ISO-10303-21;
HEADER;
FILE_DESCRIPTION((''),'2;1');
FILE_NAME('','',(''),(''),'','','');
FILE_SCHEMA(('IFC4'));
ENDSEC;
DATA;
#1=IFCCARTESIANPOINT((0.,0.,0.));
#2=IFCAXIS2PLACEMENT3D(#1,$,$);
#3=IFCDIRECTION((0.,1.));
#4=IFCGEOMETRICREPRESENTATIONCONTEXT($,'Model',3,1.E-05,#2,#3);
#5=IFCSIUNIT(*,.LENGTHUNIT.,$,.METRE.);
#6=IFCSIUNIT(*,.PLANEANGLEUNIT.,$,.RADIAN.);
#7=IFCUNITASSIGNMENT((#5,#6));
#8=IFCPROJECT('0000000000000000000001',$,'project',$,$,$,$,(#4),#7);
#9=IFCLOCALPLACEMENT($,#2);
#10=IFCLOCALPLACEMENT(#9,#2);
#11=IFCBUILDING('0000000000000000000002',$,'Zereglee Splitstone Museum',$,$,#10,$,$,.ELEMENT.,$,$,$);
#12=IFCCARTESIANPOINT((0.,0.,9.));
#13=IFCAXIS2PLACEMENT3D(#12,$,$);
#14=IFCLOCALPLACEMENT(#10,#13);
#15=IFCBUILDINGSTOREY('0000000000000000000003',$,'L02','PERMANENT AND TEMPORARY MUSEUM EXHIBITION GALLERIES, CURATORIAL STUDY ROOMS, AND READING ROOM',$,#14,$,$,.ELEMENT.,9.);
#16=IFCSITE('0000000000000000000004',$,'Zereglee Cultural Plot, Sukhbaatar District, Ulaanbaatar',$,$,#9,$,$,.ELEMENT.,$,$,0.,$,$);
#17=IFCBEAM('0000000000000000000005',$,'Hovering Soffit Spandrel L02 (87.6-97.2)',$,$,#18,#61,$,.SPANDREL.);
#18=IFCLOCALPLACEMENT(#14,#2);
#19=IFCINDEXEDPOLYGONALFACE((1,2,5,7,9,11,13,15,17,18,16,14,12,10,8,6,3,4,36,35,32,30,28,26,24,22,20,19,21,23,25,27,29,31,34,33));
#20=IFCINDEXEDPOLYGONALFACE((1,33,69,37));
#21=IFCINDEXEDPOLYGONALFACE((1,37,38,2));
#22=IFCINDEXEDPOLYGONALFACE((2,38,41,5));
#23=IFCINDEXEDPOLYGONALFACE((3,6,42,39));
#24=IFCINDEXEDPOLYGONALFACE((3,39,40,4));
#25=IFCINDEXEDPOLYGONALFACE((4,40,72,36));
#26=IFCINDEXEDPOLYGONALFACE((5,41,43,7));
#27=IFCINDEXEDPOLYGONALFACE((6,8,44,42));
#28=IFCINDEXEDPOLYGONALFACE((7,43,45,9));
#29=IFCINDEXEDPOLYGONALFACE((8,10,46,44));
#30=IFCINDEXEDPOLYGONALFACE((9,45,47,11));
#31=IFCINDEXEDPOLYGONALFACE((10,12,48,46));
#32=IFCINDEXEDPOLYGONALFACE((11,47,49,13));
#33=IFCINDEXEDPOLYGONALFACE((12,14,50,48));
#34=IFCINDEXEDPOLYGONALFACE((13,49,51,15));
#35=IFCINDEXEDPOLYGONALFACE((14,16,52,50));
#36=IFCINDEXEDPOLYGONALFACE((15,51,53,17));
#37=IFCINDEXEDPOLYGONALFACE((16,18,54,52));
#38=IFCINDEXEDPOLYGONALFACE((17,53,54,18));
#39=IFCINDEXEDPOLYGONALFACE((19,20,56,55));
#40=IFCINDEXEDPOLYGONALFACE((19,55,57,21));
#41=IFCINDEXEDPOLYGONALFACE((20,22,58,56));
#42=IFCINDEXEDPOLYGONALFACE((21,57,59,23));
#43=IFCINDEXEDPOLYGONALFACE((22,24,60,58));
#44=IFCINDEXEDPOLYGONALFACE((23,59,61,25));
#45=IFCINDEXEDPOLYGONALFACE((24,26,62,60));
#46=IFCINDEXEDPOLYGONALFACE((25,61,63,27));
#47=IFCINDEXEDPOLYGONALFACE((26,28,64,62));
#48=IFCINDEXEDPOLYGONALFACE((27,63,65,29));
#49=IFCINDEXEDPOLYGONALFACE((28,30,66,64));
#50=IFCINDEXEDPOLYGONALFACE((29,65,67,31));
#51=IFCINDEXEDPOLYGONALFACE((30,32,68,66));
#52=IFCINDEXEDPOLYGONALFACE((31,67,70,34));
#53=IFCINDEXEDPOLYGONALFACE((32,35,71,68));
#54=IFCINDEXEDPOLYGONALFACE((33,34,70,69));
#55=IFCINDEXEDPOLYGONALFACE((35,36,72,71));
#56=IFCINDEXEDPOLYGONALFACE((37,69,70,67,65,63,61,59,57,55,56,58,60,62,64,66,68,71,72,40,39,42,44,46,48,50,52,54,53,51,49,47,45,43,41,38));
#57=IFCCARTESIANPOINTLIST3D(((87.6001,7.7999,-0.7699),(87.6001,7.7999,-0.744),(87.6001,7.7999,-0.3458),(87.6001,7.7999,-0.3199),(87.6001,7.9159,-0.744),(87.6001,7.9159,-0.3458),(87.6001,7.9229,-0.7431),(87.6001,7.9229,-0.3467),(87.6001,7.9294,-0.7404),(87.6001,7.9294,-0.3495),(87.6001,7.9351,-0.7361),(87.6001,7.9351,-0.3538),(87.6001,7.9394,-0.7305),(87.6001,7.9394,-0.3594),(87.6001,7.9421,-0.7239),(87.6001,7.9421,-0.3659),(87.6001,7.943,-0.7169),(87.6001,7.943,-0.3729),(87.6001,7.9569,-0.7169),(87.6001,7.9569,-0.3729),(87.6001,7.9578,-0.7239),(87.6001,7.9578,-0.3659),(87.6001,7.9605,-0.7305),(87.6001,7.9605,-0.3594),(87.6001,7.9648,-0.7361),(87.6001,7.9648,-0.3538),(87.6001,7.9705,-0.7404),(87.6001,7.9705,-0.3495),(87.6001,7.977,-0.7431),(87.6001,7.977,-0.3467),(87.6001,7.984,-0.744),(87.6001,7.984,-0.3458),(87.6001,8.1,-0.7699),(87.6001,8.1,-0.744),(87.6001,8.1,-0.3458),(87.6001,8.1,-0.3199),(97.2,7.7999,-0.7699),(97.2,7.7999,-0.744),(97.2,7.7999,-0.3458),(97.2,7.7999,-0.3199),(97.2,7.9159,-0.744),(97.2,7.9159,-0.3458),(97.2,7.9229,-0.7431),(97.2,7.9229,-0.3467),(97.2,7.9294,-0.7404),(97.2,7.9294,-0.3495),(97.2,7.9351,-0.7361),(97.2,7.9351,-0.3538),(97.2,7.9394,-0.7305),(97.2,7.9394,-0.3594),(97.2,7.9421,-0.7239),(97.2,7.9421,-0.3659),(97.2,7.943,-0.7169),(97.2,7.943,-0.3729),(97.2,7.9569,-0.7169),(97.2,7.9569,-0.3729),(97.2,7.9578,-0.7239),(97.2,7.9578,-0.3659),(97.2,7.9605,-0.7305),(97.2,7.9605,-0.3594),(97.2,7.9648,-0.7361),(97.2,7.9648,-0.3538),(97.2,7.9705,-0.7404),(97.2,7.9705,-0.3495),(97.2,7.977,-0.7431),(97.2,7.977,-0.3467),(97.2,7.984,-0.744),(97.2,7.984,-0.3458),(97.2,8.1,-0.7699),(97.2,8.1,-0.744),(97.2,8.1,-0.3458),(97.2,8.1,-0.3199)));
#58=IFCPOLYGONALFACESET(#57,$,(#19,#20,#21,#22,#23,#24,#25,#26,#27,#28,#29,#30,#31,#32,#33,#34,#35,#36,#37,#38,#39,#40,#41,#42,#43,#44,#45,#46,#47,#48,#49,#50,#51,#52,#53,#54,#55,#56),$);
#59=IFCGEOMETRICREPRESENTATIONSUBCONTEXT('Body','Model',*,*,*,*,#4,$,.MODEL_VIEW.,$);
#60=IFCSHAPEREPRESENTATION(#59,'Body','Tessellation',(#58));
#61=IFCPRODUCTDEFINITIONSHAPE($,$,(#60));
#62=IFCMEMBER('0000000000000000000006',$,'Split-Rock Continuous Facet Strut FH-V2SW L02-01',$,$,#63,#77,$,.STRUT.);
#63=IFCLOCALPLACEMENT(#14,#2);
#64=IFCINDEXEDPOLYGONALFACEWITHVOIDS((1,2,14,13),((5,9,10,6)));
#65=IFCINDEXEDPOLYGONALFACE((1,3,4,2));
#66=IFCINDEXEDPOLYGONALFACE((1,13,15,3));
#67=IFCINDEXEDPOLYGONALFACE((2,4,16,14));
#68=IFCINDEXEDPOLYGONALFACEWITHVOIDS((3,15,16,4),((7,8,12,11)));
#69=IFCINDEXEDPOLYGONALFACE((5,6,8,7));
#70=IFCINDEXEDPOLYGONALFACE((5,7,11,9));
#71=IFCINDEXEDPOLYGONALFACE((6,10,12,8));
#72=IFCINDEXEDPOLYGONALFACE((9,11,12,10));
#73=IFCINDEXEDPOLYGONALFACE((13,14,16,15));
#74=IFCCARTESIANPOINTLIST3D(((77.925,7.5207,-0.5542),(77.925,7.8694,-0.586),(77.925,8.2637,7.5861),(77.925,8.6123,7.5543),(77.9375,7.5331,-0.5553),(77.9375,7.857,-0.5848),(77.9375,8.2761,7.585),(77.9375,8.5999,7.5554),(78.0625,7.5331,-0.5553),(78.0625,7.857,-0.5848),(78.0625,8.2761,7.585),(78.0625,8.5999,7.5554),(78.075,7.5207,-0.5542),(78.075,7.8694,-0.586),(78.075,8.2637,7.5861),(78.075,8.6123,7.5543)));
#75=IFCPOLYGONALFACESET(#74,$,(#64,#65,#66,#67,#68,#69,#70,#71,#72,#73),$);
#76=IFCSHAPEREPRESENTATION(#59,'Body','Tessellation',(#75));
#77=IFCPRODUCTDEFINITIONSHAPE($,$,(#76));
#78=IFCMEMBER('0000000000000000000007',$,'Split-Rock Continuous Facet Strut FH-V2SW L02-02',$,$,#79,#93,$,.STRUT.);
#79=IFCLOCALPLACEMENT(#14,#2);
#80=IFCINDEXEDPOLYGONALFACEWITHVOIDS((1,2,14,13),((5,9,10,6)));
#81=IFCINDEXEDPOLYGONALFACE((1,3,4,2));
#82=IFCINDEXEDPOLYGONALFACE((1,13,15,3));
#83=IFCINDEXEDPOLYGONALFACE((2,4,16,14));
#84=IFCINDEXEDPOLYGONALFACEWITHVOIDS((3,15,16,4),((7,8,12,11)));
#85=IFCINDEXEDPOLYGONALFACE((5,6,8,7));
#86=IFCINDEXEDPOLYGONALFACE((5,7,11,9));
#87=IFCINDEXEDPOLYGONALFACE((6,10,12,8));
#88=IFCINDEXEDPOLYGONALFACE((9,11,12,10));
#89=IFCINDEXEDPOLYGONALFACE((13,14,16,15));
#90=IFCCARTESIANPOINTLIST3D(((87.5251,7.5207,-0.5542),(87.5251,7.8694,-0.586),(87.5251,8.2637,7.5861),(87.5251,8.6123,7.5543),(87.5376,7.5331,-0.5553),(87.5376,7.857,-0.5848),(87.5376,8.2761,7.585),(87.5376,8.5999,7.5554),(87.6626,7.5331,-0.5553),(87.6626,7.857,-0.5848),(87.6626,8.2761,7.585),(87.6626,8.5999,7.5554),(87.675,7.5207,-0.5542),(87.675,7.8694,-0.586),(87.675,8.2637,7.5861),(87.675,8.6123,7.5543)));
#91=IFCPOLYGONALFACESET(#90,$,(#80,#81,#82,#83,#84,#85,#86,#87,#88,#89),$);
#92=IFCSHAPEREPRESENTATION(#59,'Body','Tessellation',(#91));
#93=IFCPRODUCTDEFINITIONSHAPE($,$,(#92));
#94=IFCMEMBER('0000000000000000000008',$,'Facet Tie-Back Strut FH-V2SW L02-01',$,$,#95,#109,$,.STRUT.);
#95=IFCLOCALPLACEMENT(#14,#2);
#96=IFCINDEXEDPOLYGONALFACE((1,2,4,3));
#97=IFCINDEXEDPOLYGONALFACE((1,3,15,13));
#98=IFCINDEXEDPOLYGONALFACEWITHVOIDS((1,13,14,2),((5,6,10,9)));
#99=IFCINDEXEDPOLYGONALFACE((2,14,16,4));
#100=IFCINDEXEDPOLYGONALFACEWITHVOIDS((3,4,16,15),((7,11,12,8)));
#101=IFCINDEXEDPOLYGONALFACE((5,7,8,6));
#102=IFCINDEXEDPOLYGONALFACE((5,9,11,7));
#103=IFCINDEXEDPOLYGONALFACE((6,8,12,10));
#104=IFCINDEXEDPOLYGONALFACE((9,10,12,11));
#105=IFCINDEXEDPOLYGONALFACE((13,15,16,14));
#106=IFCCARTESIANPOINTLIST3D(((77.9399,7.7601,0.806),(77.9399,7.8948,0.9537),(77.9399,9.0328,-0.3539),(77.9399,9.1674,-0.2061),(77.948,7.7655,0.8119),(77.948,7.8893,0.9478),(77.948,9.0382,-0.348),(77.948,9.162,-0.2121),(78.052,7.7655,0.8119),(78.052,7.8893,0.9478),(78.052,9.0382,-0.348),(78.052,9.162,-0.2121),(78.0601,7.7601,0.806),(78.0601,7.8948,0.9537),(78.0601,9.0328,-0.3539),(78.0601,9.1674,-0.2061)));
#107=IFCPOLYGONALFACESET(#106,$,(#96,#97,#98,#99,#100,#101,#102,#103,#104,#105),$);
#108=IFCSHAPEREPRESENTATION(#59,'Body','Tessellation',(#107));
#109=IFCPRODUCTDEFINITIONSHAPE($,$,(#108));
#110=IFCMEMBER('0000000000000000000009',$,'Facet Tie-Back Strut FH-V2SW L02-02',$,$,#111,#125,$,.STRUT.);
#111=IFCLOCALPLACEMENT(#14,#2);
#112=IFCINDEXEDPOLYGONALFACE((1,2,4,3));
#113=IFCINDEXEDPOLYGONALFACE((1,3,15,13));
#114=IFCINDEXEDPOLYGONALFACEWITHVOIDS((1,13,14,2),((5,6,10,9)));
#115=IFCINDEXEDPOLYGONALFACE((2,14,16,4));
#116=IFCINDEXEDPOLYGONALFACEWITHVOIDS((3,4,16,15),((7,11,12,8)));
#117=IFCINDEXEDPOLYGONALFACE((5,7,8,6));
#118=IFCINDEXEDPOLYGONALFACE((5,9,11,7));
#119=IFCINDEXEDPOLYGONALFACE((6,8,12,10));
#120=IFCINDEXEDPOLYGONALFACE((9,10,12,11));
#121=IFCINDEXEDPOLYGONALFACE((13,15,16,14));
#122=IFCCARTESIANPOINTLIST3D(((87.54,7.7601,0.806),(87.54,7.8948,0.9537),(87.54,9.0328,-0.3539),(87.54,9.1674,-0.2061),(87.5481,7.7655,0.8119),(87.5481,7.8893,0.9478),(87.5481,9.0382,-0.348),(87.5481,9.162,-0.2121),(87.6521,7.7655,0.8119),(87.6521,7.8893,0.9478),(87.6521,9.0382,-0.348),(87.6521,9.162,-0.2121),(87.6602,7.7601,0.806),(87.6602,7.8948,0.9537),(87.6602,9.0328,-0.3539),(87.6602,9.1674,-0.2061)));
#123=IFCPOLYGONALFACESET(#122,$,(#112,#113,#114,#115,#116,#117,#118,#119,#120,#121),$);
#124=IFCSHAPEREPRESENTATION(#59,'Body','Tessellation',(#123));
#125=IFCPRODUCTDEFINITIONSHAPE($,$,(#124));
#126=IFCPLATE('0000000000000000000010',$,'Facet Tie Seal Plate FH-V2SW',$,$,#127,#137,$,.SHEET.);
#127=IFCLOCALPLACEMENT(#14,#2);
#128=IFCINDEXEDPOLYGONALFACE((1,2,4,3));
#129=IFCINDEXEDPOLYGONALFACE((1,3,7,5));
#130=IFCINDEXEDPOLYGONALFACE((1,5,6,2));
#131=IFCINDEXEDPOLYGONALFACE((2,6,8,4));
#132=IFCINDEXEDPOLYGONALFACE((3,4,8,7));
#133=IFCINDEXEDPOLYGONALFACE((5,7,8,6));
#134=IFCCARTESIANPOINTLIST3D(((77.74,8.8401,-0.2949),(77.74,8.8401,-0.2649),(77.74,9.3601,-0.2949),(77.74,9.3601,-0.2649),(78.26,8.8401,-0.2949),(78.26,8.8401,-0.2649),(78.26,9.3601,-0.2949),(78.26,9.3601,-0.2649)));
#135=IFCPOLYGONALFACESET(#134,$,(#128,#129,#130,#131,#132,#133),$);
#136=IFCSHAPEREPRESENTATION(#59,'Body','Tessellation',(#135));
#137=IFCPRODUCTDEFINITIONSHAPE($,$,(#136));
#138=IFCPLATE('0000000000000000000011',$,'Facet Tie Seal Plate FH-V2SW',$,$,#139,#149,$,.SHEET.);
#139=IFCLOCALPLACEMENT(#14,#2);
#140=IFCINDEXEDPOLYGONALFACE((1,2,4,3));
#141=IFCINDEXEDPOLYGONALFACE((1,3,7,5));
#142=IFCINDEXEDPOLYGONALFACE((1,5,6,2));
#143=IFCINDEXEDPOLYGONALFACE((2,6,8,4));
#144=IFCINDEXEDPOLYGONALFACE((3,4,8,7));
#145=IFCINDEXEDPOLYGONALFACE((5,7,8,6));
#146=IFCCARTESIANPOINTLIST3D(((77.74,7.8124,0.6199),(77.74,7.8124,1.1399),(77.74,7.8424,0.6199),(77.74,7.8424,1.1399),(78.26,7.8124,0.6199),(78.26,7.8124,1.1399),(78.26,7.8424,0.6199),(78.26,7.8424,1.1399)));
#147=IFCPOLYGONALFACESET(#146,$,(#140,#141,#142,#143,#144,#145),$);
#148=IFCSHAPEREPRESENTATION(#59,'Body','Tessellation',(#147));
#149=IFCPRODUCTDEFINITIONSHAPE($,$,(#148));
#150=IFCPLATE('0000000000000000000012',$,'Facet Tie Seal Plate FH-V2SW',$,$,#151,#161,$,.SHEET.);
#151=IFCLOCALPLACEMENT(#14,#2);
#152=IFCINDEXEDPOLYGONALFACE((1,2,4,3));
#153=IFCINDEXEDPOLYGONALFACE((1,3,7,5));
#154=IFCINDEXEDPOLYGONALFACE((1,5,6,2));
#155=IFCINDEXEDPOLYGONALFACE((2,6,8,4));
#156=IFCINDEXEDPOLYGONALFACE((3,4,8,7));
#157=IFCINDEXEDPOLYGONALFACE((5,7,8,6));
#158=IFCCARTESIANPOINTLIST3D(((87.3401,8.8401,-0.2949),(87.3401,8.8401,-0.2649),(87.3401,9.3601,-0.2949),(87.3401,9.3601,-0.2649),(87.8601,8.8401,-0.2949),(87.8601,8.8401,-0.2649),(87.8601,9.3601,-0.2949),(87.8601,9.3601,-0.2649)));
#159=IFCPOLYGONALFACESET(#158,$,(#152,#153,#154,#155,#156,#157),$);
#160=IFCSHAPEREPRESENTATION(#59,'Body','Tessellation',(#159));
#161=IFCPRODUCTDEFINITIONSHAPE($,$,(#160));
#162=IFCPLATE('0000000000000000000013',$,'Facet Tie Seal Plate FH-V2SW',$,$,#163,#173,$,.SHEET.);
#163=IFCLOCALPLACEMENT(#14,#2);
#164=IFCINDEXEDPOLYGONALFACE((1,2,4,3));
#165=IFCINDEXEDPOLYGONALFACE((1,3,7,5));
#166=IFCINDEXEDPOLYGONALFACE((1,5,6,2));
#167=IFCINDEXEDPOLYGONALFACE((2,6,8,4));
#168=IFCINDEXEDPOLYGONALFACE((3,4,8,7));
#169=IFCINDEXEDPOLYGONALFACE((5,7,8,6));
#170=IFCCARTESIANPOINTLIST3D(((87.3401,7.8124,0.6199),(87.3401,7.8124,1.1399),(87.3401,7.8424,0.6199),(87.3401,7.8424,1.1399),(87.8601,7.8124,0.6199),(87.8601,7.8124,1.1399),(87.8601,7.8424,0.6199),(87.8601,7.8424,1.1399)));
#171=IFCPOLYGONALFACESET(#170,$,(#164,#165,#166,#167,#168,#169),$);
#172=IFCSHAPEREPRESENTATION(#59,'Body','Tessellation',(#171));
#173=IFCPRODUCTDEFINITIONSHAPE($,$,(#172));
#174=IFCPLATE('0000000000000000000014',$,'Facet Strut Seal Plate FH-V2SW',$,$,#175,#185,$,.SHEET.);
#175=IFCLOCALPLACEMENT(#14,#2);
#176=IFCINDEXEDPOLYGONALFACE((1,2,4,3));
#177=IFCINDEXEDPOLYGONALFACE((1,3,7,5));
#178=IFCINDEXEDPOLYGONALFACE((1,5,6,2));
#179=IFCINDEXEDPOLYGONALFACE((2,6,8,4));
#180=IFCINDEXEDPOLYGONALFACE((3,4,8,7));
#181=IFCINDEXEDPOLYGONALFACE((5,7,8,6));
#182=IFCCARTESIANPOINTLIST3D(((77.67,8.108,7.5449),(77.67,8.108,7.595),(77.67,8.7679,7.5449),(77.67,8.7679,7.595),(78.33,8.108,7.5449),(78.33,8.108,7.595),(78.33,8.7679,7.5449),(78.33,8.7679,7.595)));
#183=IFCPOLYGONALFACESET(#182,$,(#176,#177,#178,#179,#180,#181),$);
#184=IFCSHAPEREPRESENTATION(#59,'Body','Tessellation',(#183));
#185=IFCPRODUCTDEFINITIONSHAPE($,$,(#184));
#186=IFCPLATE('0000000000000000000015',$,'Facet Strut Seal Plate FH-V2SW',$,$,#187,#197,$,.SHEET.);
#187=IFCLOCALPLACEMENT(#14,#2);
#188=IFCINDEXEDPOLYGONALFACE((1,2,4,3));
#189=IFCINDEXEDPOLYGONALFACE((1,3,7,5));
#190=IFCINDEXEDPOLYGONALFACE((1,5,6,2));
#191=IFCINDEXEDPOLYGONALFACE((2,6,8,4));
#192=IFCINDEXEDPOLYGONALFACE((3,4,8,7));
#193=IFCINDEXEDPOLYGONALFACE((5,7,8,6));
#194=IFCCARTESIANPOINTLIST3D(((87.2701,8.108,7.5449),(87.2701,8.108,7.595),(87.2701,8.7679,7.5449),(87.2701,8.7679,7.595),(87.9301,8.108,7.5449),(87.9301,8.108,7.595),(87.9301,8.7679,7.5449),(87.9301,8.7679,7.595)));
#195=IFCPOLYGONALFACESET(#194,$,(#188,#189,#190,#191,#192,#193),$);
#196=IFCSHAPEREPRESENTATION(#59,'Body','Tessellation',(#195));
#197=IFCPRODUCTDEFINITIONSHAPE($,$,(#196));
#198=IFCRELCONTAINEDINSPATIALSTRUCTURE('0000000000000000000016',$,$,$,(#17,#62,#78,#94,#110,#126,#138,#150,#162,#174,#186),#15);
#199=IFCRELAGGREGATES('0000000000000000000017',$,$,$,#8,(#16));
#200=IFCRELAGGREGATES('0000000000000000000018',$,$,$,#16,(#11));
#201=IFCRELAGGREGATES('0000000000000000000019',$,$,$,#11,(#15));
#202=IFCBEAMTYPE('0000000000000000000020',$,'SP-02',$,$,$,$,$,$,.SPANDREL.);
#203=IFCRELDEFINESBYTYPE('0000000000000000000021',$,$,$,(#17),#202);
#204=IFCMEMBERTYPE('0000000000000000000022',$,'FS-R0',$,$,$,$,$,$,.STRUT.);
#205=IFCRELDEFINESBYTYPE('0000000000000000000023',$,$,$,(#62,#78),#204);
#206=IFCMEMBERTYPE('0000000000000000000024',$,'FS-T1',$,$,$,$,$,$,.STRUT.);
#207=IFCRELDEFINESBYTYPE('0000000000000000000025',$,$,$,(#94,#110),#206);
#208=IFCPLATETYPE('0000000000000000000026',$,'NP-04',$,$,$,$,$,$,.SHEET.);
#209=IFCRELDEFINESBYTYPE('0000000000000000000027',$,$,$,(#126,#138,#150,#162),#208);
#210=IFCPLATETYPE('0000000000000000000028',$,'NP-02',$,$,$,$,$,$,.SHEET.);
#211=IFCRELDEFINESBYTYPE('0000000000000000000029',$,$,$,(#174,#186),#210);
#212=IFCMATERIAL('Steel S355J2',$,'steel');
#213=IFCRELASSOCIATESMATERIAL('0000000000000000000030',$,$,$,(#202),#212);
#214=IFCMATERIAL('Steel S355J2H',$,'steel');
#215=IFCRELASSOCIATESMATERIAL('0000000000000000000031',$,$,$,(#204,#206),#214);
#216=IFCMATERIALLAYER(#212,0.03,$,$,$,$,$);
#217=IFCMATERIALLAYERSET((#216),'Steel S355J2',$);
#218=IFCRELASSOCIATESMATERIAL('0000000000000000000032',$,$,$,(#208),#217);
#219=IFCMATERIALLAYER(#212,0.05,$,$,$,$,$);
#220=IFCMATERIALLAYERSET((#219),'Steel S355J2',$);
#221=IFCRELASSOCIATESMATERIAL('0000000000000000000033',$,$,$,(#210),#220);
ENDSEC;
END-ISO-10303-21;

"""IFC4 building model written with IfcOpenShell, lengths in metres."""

from ifc_helpers import new_model, si_unit, direction, frame, origin, origin_2d, place, context, subcontext, project, spatial, rectangle, hollow_rectangle, i_section, extrude, material, layer, layer_set, material_profile, profile_set, type_object, element, save


model = new_model("IFC4")

# Units and contexts
model_context = context("Model", 3, precision=1e-05, world=origin(), true_north=direction((0.0, 1.0)))
body_context = subcontext(model_context, "Body", "Model", "MODEL_VIEW")
ifc_project = project(units=[si_unit("LENGTHUNIT", "METRE"), si_unit("PLANEANGLEUNIT", "RADIAN")], contexts=[model_context])

# Site, building, storey
site_placement = place(None, origin())
site = spatial("IfcSite", under=ifc_project, at=site_placement, Name="Zereglee Cultural Plot, Sukhbaatar District, Ulaanbaatar", CompositionType="ELEMENT", RefElevation=0.0)
building_placement = place(site_placement, origin())
building = spatial("IfcBuilding", under=site, at=building_placement, Name="Zereglee Splitstone Museum", CompositionType="ELEMENT")
storey_placement = place(building_placement, frame((0.0, 0.0, 9.0)))
storey = spatial("IfcBuildingStorey", under=building, at=storey_placement, Name="L02", Description="PERMANENT AND TEMPORARY MUSEUM EXHIBITION GALLERIES, CURATORIAL STUDY ROOMS, AND READING ROOM", CompositionType="ELEMENT", Elevation=9.0)

# Shared definitions
ifc_material_1 = material(Name="Steel S355J2", Category="steel")

# Beam
ifc_material_profile_1 = material_profile(ifc_material_1, i_section(OverallWidth=0.3, OverallDepth=0.45, WebThickness=0.0139, FlangeThickness=0.0259, FilletRadius=0.0271, at=origin_2d()), Name="HE 450 B")
ifc_profile_set_1 = profile_set([ifc_material_profile_1], Name="Steel S355J2")
beam_type_1 = type_object("IfcBeamType", Name="SP-02", PredefinedType="SPANDREL", material=ifc_profile_set_1)
beam_1_placement = place(storey_placement, frame((87.6001, 7.95, -0.5449), z_axis=(1.0, 0.0, 0.0), x_axis=(0.0, 1.0, 0.0)))
element("IfcBeam", 1, at=beam_1_placement, inside=storey, type_object=beam_type_1, Name="Hovering Soffit Spandrel L02 (87.6-97.2)", PredefinedType="SPANDREL", context=body_context, shape_type="SweptSolid", body=[
    extrude(i_section(OverallWidth=0.3, OverallDepth=0.45, WebThickness=0.0139, FlangeThickness=0.0259, FilletRadius=0.0271, at=origin_2d()), origin(), (0.0, 0.0, 1.0), 9.5999),
])

# Members
ifc_material_2 = material(Name="Steel S355J2H", Category="steel")
ifc_material_profile_2 = material_profile(ifc_material_2, hollow_rectangle(XDim=0.1499, YDim=0.3501, WallThickness=0.0125, at=origin_2d()), Name="RHS 350x150x12.5")
ifc_profile_set_2 = profile_set([ifc_material_profile_2], Name="Steel S355J2H")
member_type_1 = type_object("IfcMemberType", Name="FS-R0", PredefinedType="STRUT", material=ifc_profile_set_2)
for number, where, z_axis, x_axis, name in (
    (2, (78.0, 7.6951, -0.5701), (0.0, 0.090889, 0.995861), (-1.0, 0.0, 0.0), "Split-Rock Continuous Facet Strut FH-V2SW L02-01"),
    (3, (87.6001, 7.6951, -0.5701), (0.0, 0.090889, 0.995861), (-1.0, 0.0, 0.0), "Split-Rock Continuous Facet Strut FH-V2SW L02-02"),
):
    element("IfcMember", number, at=place(storey_placement, frame(where, z_axis=z_axis, x_axis=x_axis)), inside=storey, type_object=member_type_1, Name=name, PredefinedType="STRUT", context=body_context, shape_type="SweptSolid", body=[
        extrude(hollow_rectangle(XDim=0.1499, YDim=0.3501, WallThickness=0.0125, at=origin_2d()), origin(), (0.0, 0.0, 1.0), 8.1741),
    ])
ifc_material_profile_3 = material_profile(ifc_material_2, hollow_rectangle(XDim=0.1201, YDim=0.2, WallThickness=0.0081, at=origin_2d()), Name="RHS 200x120x8")
ifc_profile_set_3 = profile_set([ifc_material_profile_3], Name="Steel S355J2H")
member_type_2 = type_object("IfcMemberType", Name="FS-T1", PredefinedType="STRUT", material=ifc_profile_set_3)
for number, where, z_axis, x_axis, name in (
    (4, (78.0, 9.1001, -0.28), (0.0, -0.739099, 0.673597), (1.0, 0.0, 0.0), "Facet Tie-Back Strut FH-V2SW L02-01"),
    (5, (87.6001, 9.1001, -0.28), (0.0, -0.739099, 0.673597), (1.0, 0.0, 0.0), "Facet Tie-Back Strut FH-V2SW L02-02"),
):
    element("IfcMember", number, at=place(storey_placement, frame(where, z_axis=z_axis, x_axis=x_axis)), inside=storey, type_object=member_type_2, Name=name, PredefinedType="STRUT", context=body_context, shape_type="SweptSolid", body=[
        extrude(hollow_rectangle(XDim=0.1201, YDim=0.2, WallThickness=0.0081, at=origin_2d()), origin(), (0.0, 0.0, 1.0), 1.7219),
    ])

# Plates
ifc_layer_1 = layer(ifc_material_1, 0.03)
ifc_layer_set_1 = layer_set([ifc_layer_1], Name="Steel S355J2")
plate_type_1 = type_object("IfcPlateType", Name="NP-04", PredefinedType="SHEET", material=ifc_layer_set_1)
plate_1_placement = place(storey_placement, frame((78.0, 9.1001, -0.2949), z_axis=(0.0, 0.0, 1.0), x_axis=(1.0, 0.0, 0.0)))
element("IfcPlate", 6, at=plate_1_placement, inside=storey, type_object=plate_type_1, Name="Facet Tie Seal Plate FH-V2SW", PredefinedType="SHEET", context=body_context, shape_type="SweptSolid", body=[
    extrude(rectangle(XDim=0.52, YDim=0.52, at=origin_2d()), origin(), (0.0, 0.0, 1.0), 0.03),
])
plate_2_placement = place(storey_placement, frame((78.0, 7.8274, 0.6199), z_axis=(0.0, 0.0, 1.0), x_axis=(1.0, 0.0, 0.0)))
element("IfcPlate", 7, at=plate_2_placement, inside=storey, type_object=plate_type_1, Name="Facet Tie Seal Plate FH-V2SW", PredefinedType="SHEET", context=body_context, shape_type="SweptSolid", body=[
    extrude(rectangle(XDim=0.52, YDim=0.03, at=origin_2d()), origin(), (0.0, 0.0, 1.0), 0.52),
])
plate_3_placement = place(storey_placement, frame((87.6001, 9.1001, -0.2949), z_axis=(0.0, 0.0, 1.0), x_axis=(1.0, 0.0, 0.0)))
element("IfcPlate", 8, at=plate_3_placement, inside=storey, type_object=plate_type_1, Name="Facet Tie Seal Plate FH-V2SW", PredefinedType="SHEET", context=body_context, shape_type="SweptSolid", body=[
    extrude(rectangle(XDim=0.52, YDim=0.52, at=origin_2d()), origin(), (0.0, 0.0, 1.0), 0.03),
])
plate_4_placement = place(storey_placement, frame((87.6001, 7.8274, 0.6199), z_axis=(0.0, 0.0, 1.0), x_axis=(1.0, 0.0, 0.0)))
element("IfcPlate", 9, at=plate_4_placement, inside=storey, type_object=plate_type_1, Name="Facet Tie Seal Plate FH-V2SW", PredefinedType="SHEET", context=body_context, shape_type="SweptSolid", body=[
    extrude(rectangle(XDim=0.52, YDim=0.03, at=origin_2d()), origin(), (0.0, 0.0, 1.0), 0.52),
])
ifc_layer_2 = layer(ifc_material_1, 0.05)
ifc_layer_set_2 = layer_set([ifc_layer_2], Name="Steel S355J2")
plate_type_2 = type_object("IfcPlateType", Name="NP-02", PredefinedType="SHEET", material=ifc_layer_set_2)
for number, where, z_axis, x_axis, name in (
    (10, (78.0, 8.438, 7.5449), (0.0, 0.0, 1.0), (1.0, 0.0, 0.0), "Facet Strut Seal Plate FH-V2SW"),
    (11, (87.6001, 8.438, 7.5449), (0.0, 0.0, 1.0), (1.0, 0.0, 0.0), "Facet Strut Seal Plate FH-V2SW"),
):
    element("IfcPlate", number, at=place(storey_placement, frame(where, z_axis=z_axis, x_axis=x_axis)), inside=storey, type_object=plate_type_2, Name=name, PredefinedType="SHEET", context=body_context, shape_type="SweptSolid", body=[
        extrude(rectangle(XDim=0.6599, YDim=0.6599, at=origin_2d()), origin(), (0.0, 0.0, 1.0), 0.05),
    ])

save(model, "model.ifc")
